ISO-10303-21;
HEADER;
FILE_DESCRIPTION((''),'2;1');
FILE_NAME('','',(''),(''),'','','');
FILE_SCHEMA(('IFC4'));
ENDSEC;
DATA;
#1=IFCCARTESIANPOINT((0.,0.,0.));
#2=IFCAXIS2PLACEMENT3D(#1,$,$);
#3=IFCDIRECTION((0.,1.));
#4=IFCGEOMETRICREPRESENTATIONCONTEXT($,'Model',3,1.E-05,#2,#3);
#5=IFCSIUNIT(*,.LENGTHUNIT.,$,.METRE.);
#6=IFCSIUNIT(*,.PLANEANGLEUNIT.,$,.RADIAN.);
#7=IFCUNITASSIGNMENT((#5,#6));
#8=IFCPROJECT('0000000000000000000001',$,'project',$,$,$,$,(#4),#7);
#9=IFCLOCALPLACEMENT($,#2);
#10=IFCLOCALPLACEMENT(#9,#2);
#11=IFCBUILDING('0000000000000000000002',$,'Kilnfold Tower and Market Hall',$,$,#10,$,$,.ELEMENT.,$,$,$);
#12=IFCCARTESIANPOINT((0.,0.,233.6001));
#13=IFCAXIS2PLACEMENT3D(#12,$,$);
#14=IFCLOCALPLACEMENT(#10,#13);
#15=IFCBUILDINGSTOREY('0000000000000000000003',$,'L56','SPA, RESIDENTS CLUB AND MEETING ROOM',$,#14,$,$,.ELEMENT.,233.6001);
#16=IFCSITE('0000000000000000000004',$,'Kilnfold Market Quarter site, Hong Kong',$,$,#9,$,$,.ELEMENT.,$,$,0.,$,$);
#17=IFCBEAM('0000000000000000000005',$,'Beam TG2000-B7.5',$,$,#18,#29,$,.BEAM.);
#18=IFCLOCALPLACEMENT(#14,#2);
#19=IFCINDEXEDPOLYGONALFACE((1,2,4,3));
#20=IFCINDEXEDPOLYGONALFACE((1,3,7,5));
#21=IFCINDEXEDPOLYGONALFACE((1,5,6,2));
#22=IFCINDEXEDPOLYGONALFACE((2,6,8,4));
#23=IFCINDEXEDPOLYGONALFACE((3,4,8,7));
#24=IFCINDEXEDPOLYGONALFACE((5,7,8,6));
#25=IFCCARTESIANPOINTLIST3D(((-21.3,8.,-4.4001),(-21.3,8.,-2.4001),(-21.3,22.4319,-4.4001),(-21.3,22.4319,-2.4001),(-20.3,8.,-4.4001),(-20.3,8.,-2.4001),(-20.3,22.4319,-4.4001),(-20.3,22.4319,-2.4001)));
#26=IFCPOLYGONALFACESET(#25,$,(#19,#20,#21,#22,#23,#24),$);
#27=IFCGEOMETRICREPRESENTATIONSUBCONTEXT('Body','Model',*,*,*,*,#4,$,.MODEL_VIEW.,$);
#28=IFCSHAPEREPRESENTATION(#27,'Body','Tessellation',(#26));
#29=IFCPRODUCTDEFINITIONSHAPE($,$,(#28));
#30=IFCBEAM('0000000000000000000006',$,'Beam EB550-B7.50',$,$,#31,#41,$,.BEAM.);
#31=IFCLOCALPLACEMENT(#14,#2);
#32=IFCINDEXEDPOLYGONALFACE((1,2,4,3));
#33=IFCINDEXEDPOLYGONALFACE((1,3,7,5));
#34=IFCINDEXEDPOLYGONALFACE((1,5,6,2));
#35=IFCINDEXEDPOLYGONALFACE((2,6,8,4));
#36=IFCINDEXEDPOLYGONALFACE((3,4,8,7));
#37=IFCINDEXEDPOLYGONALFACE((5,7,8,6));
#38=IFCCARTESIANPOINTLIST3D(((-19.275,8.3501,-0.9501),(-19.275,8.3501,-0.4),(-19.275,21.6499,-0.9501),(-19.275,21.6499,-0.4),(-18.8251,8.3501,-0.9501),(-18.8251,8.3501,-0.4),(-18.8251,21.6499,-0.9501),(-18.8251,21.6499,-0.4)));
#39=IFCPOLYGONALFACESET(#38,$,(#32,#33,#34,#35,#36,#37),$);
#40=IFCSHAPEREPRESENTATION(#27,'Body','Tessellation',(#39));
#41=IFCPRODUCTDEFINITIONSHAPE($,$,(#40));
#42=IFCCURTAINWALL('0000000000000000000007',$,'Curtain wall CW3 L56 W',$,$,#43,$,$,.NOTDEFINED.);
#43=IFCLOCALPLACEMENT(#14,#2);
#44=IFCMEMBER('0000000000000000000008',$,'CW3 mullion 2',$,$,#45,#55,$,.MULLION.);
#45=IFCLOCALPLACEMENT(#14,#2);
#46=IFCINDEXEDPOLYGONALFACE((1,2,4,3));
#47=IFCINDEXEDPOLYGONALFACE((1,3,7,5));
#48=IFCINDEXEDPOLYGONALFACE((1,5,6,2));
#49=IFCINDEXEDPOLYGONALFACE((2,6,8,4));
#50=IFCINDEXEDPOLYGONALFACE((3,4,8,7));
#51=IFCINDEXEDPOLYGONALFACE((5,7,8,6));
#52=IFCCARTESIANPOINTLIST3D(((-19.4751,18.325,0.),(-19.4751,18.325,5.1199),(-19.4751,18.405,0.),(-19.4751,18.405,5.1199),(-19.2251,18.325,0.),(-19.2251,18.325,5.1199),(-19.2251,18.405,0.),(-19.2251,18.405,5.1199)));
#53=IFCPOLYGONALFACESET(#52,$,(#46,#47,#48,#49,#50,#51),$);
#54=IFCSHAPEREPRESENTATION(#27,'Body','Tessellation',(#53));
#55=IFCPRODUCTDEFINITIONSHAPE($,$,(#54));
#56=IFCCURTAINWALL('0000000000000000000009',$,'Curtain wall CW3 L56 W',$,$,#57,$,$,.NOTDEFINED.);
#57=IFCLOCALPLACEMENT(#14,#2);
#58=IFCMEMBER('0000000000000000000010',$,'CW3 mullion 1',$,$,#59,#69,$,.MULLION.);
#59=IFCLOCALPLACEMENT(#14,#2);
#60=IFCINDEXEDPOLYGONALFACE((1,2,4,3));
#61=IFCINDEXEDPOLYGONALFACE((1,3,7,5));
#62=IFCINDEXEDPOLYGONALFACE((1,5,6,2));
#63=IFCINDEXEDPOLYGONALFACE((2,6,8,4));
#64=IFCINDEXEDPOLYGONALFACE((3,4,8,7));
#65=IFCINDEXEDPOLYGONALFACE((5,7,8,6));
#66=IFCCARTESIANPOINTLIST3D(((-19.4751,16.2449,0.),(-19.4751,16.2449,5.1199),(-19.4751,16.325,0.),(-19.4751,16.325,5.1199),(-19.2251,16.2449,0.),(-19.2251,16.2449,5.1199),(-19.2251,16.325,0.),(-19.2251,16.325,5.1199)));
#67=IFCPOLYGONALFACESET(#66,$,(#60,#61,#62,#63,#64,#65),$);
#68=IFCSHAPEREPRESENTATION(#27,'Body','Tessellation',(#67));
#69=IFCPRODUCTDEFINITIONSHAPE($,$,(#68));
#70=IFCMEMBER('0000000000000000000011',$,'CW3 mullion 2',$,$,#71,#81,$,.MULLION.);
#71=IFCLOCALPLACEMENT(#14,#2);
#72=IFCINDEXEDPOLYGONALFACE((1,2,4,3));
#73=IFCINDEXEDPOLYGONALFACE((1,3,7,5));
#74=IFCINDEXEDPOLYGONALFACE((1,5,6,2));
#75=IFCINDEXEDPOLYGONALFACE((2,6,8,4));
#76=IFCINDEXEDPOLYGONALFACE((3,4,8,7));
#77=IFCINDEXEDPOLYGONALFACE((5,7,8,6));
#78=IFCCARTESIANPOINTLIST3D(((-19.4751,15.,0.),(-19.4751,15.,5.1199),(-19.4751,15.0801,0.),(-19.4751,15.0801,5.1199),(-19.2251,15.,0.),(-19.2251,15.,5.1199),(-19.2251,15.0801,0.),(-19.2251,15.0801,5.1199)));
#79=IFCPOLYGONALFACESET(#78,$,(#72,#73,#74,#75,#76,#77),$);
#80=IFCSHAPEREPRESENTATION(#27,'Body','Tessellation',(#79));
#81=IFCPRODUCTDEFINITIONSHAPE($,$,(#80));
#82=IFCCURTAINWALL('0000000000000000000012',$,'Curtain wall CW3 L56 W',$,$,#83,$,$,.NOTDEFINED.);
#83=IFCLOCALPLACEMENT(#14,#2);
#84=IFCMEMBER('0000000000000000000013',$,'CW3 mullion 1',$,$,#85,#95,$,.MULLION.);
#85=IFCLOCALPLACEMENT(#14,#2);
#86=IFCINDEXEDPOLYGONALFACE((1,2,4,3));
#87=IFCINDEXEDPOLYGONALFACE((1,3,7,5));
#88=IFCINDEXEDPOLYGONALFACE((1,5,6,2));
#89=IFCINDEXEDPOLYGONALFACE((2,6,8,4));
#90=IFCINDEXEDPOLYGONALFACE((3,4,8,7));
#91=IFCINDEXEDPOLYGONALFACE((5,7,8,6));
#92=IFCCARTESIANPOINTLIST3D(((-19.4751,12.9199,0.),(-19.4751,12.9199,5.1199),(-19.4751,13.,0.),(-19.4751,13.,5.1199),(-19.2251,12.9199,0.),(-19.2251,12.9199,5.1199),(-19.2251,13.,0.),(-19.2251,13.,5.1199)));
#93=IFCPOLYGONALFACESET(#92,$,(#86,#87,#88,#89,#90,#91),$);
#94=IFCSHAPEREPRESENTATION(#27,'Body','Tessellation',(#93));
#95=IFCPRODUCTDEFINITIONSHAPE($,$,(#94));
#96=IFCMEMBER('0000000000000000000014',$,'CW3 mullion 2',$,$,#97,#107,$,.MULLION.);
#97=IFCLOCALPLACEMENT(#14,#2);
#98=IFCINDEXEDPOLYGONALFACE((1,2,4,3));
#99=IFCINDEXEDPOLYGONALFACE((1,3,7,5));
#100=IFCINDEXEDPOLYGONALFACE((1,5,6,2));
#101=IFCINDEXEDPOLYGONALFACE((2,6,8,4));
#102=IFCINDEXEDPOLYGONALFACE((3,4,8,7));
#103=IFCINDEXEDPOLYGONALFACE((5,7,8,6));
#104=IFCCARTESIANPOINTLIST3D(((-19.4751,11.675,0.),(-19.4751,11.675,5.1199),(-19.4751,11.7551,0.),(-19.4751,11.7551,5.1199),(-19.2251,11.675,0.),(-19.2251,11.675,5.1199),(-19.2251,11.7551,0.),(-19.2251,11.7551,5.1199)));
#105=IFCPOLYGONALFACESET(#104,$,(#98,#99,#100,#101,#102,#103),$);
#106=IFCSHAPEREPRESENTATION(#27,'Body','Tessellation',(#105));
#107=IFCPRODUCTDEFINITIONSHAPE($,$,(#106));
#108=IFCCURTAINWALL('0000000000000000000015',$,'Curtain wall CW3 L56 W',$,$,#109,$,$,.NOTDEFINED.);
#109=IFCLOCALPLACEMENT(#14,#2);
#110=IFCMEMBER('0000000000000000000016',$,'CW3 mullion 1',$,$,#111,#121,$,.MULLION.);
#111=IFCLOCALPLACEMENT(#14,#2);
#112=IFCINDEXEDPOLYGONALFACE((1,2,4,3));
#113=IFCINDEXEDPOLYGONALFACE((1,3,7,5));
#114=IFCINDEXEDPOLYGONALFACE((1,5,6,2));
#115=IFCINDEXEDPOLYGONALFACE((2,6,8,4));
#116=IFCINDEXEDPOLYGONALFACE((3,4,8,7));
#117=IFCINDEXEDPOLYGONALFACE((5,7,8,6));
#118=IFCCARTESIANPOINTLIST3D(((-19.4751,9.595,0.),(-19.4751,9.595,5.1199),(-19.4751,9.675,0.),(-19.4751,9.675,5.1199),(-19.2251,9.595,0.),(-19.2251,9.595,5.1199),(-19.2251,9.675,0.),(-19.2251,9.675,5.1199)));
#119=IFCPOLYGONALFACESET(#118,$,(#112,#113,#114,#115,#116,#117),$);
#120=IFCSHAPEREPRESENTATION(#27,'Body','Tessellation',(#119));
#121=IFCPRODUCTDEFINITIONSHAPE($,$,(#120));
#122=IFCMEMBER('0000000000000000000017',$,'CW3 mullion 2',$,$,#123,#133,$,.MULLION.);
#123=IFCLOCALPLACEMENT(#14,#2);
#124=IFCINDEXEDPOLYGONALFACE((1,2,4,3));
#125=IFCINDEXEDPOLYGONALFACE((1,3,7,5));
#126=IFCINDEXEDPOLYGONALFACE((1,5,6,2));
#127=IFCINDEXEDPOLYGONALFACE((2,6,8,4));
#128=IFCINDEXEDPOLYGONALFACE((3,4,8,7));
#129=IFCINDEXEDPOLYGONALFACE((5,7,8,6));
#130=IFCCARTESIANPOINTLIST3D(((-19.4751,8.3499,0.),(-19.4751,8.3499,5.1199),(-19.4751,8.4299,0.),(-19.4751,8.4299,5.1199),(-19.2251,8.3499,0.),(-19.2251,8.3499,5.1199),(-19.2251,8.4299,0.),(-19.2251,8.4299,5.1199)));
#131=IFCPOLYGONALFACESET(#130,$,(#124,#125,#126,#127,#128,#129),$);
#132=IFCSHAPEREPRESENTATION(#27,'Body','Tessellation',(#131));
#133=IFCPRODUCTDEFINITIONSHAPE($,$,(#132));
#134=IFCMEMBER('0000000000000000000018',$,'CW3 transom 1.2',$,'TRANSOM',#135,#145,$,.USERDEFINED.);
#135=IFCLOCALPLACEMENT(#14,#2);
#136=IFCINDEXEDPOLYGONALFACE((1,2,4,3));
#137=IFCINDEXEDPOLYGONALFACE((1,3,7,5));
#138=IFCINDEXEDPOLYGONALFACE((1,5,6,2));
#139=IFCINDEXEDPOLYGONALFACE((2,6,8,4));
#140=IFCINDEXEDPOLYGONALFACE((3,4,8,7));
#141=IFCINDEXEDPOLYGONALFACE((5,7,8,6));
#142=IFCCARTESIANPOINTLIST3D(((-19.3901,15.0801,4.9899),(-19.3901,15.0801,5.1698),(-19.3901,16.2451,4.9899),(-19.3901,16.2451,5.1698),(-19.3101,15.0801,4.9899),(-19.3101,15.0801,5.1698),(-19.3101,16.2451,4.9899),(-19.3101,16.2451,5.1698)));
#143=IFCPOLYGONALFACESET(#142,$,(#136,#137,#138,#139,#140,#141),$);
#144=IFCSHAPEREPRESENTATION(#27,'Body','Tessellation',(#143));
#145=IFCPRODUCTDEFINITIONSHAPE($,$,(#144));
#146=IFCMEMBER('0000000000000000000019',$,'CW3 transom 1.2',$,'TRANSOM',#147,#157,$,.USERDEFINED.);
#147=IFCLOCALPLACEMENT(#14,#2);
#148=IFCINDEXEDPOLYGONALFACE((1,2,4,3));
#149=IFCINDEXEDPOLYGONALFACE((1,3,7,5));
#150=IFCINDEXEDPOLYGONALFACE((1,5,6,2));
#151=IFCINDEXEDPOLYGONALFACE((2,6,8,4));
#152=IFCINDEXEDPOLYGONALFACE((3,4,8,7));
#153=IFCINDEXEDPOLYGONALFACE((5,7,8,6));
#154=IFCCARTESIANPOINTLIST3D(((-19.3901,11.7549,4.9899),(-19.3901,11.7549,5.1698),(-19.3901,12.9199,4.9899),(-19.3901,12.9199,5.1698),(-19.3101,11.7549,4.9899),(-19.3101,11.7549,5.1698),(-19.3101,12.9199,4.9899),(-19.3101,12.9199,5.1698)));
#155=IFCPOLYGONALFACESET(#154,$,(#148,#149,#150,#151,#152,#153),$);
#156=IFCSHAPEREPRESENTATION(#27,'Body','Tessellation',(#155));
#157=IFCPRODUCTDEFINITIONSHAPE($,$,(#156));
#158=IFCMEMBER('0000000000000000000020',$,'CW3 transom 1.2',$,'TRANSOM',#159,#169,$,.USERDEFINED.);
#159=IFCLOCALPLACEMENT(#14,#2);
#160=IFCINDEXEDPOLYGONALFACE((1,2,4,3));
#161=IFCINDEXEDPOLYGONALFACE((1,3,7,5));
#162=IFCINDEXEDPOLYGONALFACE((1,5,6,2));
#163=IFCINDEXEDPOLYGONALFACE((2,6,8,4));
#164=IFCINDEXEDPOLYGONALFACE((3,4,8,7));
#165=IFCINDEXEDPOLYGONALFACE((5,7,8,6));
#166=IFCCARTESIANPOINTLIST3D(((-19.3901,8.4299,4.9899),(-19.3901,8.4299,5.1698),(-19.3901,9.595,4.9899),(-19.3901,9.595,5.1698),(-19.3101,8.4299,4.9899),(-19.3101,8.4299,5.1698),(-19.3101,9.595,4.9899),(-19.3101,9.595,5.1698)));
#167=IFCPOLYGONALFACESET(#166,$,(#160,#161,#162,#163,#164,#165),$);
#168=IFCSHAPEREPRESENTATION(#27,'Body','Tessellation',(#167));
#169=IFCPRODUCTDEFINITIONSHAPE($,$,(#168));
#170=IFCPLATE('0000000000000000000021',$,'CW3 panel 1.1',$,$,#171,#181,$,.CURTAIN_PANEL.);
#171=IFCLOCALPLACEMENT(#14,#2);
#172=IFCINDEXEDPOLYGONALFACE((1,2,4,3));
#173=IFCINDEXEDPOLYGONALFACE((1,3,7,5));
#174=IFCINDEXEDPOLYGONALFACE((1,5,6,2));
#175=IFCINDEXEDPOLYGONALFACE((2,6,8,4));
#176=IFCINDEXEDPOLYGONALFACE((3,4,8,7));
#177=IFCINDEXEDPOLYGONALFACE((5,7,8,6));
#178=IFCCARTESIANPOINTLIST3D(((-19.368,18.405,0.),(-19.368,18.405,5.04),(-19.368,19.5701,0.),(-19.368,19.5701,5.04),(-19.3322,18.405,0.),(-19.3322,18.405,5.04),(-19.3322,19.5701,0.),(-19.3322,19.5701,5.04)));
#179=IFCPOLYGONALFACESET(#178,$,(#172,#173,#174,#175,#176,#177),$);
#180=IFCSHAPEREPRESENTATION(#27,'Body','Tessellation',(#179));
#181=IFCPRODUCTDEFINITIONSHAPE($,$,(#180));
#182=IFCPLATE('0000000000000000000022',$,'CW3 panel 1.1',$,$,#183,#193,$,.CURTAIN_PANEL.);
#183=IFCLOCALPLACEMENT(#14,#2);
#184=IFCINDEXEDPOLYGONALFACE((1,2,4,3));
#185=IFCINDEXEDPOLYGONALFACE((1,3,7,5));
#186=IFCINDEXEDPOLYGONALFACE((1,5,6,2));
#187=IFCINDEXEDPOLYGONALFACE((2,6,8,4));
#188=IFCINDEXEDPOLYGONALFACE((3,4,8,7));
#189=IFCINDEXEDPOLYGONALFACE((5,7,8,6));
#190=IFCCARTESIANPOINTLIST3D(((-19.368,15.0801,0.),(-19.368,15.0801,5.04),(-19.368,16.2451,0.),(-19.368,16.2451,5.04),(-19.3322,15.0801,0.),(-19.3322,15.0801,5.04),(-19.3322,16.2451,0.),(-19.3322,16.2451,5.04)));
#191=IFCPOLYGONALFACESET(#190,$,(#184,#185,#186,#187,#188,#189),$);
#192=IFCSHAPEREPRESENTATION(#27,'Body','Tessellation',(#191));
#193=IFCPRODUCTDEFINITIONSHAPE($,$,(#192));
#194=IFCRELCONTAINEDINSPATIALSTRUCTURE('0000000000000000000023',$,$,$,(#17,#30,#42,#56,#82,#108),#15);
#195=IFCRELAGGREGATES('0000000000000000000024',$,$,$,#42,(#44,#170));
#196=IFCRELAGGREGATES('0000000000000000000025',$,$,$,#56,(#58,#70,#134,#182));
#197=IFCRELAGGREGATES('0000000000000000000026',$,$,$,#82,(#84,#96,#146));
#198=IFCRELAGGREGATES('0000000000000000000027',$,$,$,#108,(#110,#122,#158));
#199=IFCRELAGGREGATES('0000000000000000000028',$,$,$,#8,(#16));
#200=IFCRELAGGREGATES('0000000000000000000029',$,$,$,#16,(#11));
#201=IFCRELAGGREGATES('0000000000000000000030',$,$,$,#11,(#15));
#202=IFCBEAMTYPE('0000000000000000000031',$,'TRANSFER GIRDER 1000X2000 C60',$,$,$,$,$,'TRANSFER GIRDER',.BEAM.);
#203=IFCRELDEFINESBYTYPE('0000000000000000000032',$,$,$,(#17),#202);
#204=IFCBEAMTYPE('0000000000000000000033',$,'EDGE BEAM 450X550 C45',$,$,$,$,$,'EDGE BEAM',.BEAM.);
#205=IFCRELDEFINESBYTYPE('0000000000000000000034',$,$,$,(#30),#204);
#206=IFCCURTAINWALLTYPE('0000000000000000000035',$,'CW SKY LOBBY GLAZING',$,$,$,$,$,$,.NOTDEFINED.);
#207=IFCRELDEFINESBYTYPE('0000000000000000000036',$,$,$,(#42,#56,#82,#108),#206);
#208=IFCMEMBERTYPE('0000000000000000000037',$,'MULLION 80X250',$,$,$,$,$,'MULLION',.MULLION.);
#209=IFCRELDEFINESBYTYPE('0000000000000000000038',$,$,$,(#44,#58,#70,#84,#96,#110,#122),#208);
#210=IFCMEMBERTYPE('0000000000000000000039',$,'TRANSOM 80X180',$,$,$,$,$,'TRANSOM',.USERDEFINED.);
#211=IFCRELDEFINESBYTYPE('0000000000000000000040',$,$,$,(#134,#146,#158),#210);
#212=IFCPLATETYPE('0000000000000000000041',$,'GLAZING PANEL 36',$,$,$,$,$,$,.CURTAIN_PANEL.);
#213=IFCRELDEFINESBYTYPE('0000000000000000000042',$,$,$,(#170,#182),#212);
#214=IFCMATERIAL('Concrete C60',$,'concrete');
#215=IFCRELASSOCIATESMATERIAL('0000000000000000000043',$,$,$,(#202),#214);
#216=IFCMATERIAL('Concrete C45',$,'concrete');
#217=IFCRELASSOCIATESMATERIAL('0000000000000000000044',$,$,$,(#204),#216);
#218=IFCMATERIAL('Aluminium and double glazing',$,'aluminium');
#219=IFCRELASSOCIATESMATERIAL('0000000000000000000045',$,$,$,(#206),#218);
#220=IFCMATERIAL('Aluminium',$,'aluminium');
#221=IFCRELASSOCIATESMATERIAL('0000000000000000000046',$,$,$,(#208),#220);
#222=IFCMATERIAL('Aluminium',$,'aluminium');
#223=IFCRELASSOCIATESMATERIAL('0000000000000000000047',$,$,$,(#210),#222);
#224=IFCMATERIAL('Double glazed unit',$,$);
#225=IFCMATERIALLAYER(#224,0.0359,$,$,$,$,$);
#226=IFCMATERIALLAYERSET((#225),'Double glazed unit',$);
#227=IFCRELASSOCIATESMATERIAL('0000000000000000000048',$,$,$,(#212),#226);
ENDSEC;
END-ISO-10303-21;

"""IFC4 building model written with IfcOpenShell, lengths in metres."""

from ifc_helpers import new_model, si_unit, direction, frame, origin, origin_2d, place, context, subcontext, project, spatial, rectangle, extrude, source, transform, mapped, material, layer, layer_set, material_profile, profile_set, type_object, element, aggregate, save


model = new_model("IFC4")

# Units and contexts
model_context = context("Model", 3, precision=1e-05, world=origin(), true_north=direction((0.0, 1.0)))
body_context = subcontext(model_context, "Body", "Model", "MODEL_VIEW")
ifc_project = project(units=[si_unit("LENGTHUNIT", "METRE"), si_unit("PLANEANGLEUNIT", "RADIAN")], contexts=[model_context])

# Site, building, storey
site_placement = place(None, origin())
site = spatial("IfcSite", under=ifc_project, at=site_placement, Name="Kilnfold Market Quarter site, Hong Kong", CompositionType="ELEMENT", RefElevation=0.0)
building_placement = place(site_placement, origin())
building = spatial("IfcBuilding", under=site, at=building_placement, Name="Kilnfold Tower and Market Hall", CompositionType="ELEMENT")
storey_placement = place(building_placement, frame((0.0, 0.0, 233.6001)))
storey = spatial("IfcBuildingStorey", under=building, at=storey_placement, Name="L56", Description="SPA, RESIDENTS CLUB AND MEETING ROOM", CompositionType="ELEMENT", Elevation=233.6001)

# Beams
ifc_material_1 = material(Name="Concrete C60", Category="concrete")
ifc_material_profile_1 = material_profile(ifc_material_1, rectangle(XDim=1.0, YDim=2.0, at=origin_2d()), Name="RC 1000x2000")
ifc_profile_set_1 = profile_set([ifc_material_profile_1], Name="Concrete C60")
beam_type_1 = type_object("IfcBeamType", Name="TRANSFER GIRDER 1000X2000 C60", ElementType="TRANSFER GIRDER", PredefinedType="BEAM", material=ifc_profile_set_1)
shared_shape_1 = source(origin(), body_context, "Body", "SweptSolid", [
    extrude(rectangle(XDim=1.0, YDim=2.0, at=origin_2d()), origin(), (0.0, 0.0, 1.0), 14.4319),
])
beam_1_placement = place(storey_placement, frame((-20.8, 8.0, -3.4001), z_axis=(0.0, 1.0, 0.0), x_axis=(-1.0, 0.0, 0.0)))
element("IfcBeam", 1, at=beam_1_placement, inside=storey, type_object=beam_type_1, Name="Beam TG2000-B7.5", PredefinedType="BEAM", context=body_context, shape_type="MappedRepresentation", body=[
    mapped(shared_shape_1, transform((0.0, 0.0, 0.0))),
])
ifc_material_2 = material(Name="Concrete C45", Category="concrete")
ifc_material_profile_2 = material_profile(ifc_material_2, rectangle(XDim=0.45, YDim=0.55, at=origin_2d()), Name="RC 450x550")
ifc_profile_set_2 = profile_set([ifc_material_profile_2], Name="Concrete C45")
beam_type_2 = type_object("IfcBeamType", Name="EDGE BEAM 450X550 C45", ElementType="EDGE BEAM", PredefinedType="BEAM", material=ifc_profile_set_2)
shared_shape_2 = source(origin(), body_context, "Body", "SweptSolid", [
    extrude(rectangle(XDim=0.45, YDim=0.55, at=origin_2d()), origin(), (0.0, 0.0, 1.0), 13.2998),
])
beam_2_placement = place(storey_placement, frame((-19.05, 8.3501, -0.675), z_axis=(0.0, 1.0, 0.0), x_axis=(-1.0, 0.0, 0.0)))
element("IfcBeam", 2, at=beam_2_placement, inside=storey, type_object=beam_type_2, Name="Beam EB550-B7.50", PredefinedType="BEAM", context=body_context, shape_type="MappedRepresentation", body=[
    mapped(shared_shape_2, transform((0.0, 0.0, 0.0))),
])

# Curtain wall, member
ifc_material_3 = material(Name="Aluminium and double glazing", Category="aluminium")
curtain_wall_type = type_object("IfcCurtainWallType", Name="CW SKY LOBBY GLAZING", PredefinedType="NOTDEFINED", material=ifc_material_3)
curtain_wall_1_placement = place(storey_placement, origin())
curtain_wall_1 = element("IfcCurtainWall", 3, at=curtain_wall_1_placement, inside=storey, type_object=curtain_wall_type, Name="Curtain wall CW3 L56 W", PredefinedType="NOTDEFINED")
ifc_material_4 = material(Name="Aluminium", Category="aluminium")
ifc_material_profile_3 = material_profile(ifc_material_4, rectangle(XDim=0.0801, YDim=0.25, at=origin_2d()), Name="MULLION 80x250")
ifc_profile_set_3 = profile_set([ifc_material_profile_3], Name="Aluminium")
member_type_1 = type_object("IfcMemberType", Name="MULLION 80X250", ElementType="MULLION", PredefinedType="MULLION", material=ifc_profile_set_3)
shared_shape_3 = source(origin(), body_context, "Body", "SweptSolid", [
    extrude(rectangle(XDim=0.0801, YDim=0.25, at=origin_2d()), origin(), (0.0, 0.0, 1.0), 5.1199),
])
member_1_placement = place(storey_placement, frame((-19.3501, 18.365, 0.0), z_axis=(0.0, 0.0, 1.0), x_axis=(0.0, -1.0, 0.0)))
member_1 = element("IfcMember", 4, at=member_1_placement, type_object=member_type_1, Name="CW3 mullion 2", PredefinedType="MULLION", context=body_context, shape_type="MappedRepresentation", body=[
    mapped(shared_shape_3, transform((0.0, 0.0, 0.0))),
])

# Curtain walls, members
curtain_wall_2_placement = place(storey_placement, origin())
curtain_wall_2 = element("IfcCurtainWall", 5, at=curtain_wall_2_placement, inside=storey, type_object=curtain_wall_type, Name="Curtain wall CW3 L56 W", PredefinedType="NOTDEFINED")
member_2_placement = place(storey_placement, frame((-19.3501, 16.2849, 0.0), z_axis=(0.0, 0.0, 1.0), x_axis=(0.0, -1.0, 0.0)))
member_2 = element("IfcMember", 6, at=member_2_placement, type_object=member_type_1, Name="CW3 mullion 1", PredefinedType="MULLION", context=body_context, shape_type="MappedRepresentation", body=[
    mapped(shared_shape_3, transform((0.0, 0.0, 0.0))),
])
member_3_placement = place(storey_placement, frame((-19.3501, 15.04, 0.0), z_axis=(0.0, 0.0, 1.0), x_axis=(0.0, -1.0, 0.0)))
member_3 = element("IfcMember", 7, at=member_3_placement, type_object=member_type_1, Name="CW3 mullion 2", PredefinedType="MULLION", context=body_context, shape_type="MappedRepresentation", body=[
    mapped(shared_shape_3, transform((0.0, 0.0, 0.0))),
])
curtain_wall_3_placement = place(storey_placement, origin())
curtain_wall_3 = element("IfcCurtainWall", 8, at=curtain_wall_3_placement, inside=storey, type_object=curtain_wall_type, Name="Curtain wall CW3 L56 W", PredefinedType="NOTDEFINED")
member_4_placement = place(storey_placement, frame((-19.3501, 12.96, 0.0), z_axis=(0.0, 0.0, 1.0), x_axis=(0.0, -1.0, 0.0)))
member_4 = element("IfcMember", 9, at=member_4_placement, type_object=member_type_1, Name="CW3 mullion 1", PredefinedType="MULLION", context=body_context, shape_type="MappedRepresentation", body=[
    mapped(shared_shape_3, transform((0.0, 0.0, 0.0))),
])
member_5_placement = place(storey_placement, frame((-19.3501, 11.7151, 0.0), z_axis=(0.0, 0.0, 1.0), x_axis=(0.0, -1.0, 0.0)))
member_5 = element("IfcMember", 10, at=member_5_placement, type_object=member_type_1, Name="CW3 mullion 2", PredefinedType="MULLION", context=body_context, shape_type="MappedRepresentation", body=[
    mapped(shared_shape_3, transform((0.0, 0.0, 0.0))),
])
curtain_wall_4_placement = place(storey_placement, origin())
curtain_wall_4 = element("IfcCurtainWall", 11, at=curtain_wall_4_placement, inside=storey, type_object=curtain_wall_type, Name="Curtain wall CW3 L56 W", PredefinedType="NOTDEFINED")
member_6_placement = place(storey_placement, frame((-19.3501, 9.635, 0.0), z_axis=(0.0, 0.0, 1.0), x_axis=(0.0, -1.0, 0.0)))
member_6 = element("IfcMember", 12, at=member_6_placement, type_object=member_type_1, Name="CW3 mullion 1", PredefinedType="MULLION", context=body_context, shape_type="MappedRepresentation", body=[
    mapped(shared_shape_3, transform((0.0, 0.0, 0.0))),
])
member_7_placement = place(storey_placement, frame((-19.3501, 8.3899, 0.0), z_axis=(0.0, 0.0, 1.0), x_axis=(0.0, -1.0, 0.0)))
member_7 = element("IfcMember", 13, at=member_7_placement, type_object=member_type_1, Name="CW3 mullion 2", PredefinedType="MULLION", context=body_context, shape_type="MappedRepresentation", body=[
    mapped(shared_shape_3, transform((0.0, 0.0, 0.0))),
])

# Members
ifc_material_5 = material(Name="Aluminium", Category="aluminium")
ifc_material_profile_4 = material_profile(ifc_material_5, rectangle(XDim=0.0801, YDim=0.1799, at=origin_2d()), Name="TRANSOM 80x180")
ifc_profile_set_4 = profile_set([ifc_material_profile_4], Name="Aluminium")
member_type_2 = type_object("IfcMemberType", Name="TRANSOM 80X180", ElementType="TRANSOM", PredefinedType="USERDEFINED", material=ifc_profile_set_4)
shared_shape_4 = source(origin(), body_context, "Body", "SweptSolid", [
    extrude(rectangle(XDim=0.0801, YDim=0.1799, at=origin_2d()), origin(), (0.0, 0.0, 1.0), 1.165),
])
member_8_placement = place(storey_placement, frame((-19.3501, 16.2451, 5.0798), z_axis=(0.0, -1.0, 0.0), x_axis=(1.0, 0.0, 0.0)))
member_8 = element("IfcMember", 14, at=member_8_placement, type_object=member_type_2, Name="CW3 transom 1.2", ObjectType="TRANSOM", PredefinedType="USERDEFINED", context=body_context, shape_type="MappedRepresentation", body=[
    mapped(shared_shape_4, transform((0.0, 0.0, 0.0))),
])
member_9_placement = place(storey_placement, frame((-19.3501, 12.9199, 5.0798), z_axis=(0.0, -1.0, 0.0), x_axis=(1.0, 0.0, 0.0)))
member_9 = element("IfcMember", 15, at=member_9_placement, type_object=member_type_2, Name="CW3 transom 1.2", ObjectType="TRANSOM", PredefinedType="USERDEFINED", context=body_context, shape_type="MappedRepresentation", body=[
    mapped(shared_shape_4, transform((0.0, 0.0, 0.0))),
])
member_10_placement = place(storey_placement, frame((-19.3501, 9.595, 5.0798), z_axis=(0.0, -1.0, 0.0), x_axis=(1.0, 0.0, 0.0)))
member_10 = element("IfcMember", 16, at=member_10_placement, type_object=member_type_2, Name="CW3 transom 1.2", ObjectType="TRANSOM", PredefinedType="USERDEFINED", context=body_context, shape_type="MappedRepresentation", body=[
    mapped(shared_shape_4, transform((0.0, 0.0, 0.0))),
])

# Plates
ifc_material_6 = material(Name="Double glazed unit")
ifc_layer_1 = layer(ifc_material_6, 0.0359)
ifc_layer_set_1 = layer_set([ifc_layer_1], Name="Double glazed unit")
plate_type = type_object("IfcPlateType", Name="GLAZING PANEL 36", PredefinedType="CURTAIN_PANEL", material=ifc_layer_set_1)
shared_shape_5 = source(origin(), body_context, "Body", "SweptSolid", [
    extrude(rectangle(XDim=1.165, YDim=0.0359, at=origin_2d()), origin(), (0.0, 0.0, 1.0), 5.04),
])
plate_1_placement = place(storey_placement, frame((-19.3501, 18.9875, 0.0), z_axis=(0.0, 0.0, 1.0), x_axis=(0.0, -1.0, 0.0)))
plate_1 = element("IfcPlate", 17, at=plate_1_placement, type_object=plate_type, Name="CW3 panel 1.1", PredefinedType="CURTAIN_PANEL", context=body_context, shape_type="MappedRepresentation", body=[
    mapped(shared_shape_5, transform((0.0, 0.0, 0.0))),
])
aggregate(curtain_wall_1, [member_1, plate_1])
plate_2_placement = place(storey_placement, frame((-19.3501, 15.6626, 0.0), z_axis=(0.0, 0.0, 1.0), x_axis=(0.0, -1.0, 0.0)))
plate_2 = element("IfcPlate", 18, at=plate_2_placement, type_object=plate_type, Name="CW3 panel 1.1", PredefinedType="CURTAIN_PANEL", context=body_context, shape_type="MappedRepresentation", body=[
    mapped(shared_shape_5, transform((0.0, 0.0, 0.0))),
])
aggregate(curtain_wall_2, [member_2, member_3, member_8, plate_2])
aggregate(curtain_wall_3, [member_4, member_5, member_9])
aggregate(curtain_wall_4, [member_6, member_7, member_10])

save(model, "model.ifc")
